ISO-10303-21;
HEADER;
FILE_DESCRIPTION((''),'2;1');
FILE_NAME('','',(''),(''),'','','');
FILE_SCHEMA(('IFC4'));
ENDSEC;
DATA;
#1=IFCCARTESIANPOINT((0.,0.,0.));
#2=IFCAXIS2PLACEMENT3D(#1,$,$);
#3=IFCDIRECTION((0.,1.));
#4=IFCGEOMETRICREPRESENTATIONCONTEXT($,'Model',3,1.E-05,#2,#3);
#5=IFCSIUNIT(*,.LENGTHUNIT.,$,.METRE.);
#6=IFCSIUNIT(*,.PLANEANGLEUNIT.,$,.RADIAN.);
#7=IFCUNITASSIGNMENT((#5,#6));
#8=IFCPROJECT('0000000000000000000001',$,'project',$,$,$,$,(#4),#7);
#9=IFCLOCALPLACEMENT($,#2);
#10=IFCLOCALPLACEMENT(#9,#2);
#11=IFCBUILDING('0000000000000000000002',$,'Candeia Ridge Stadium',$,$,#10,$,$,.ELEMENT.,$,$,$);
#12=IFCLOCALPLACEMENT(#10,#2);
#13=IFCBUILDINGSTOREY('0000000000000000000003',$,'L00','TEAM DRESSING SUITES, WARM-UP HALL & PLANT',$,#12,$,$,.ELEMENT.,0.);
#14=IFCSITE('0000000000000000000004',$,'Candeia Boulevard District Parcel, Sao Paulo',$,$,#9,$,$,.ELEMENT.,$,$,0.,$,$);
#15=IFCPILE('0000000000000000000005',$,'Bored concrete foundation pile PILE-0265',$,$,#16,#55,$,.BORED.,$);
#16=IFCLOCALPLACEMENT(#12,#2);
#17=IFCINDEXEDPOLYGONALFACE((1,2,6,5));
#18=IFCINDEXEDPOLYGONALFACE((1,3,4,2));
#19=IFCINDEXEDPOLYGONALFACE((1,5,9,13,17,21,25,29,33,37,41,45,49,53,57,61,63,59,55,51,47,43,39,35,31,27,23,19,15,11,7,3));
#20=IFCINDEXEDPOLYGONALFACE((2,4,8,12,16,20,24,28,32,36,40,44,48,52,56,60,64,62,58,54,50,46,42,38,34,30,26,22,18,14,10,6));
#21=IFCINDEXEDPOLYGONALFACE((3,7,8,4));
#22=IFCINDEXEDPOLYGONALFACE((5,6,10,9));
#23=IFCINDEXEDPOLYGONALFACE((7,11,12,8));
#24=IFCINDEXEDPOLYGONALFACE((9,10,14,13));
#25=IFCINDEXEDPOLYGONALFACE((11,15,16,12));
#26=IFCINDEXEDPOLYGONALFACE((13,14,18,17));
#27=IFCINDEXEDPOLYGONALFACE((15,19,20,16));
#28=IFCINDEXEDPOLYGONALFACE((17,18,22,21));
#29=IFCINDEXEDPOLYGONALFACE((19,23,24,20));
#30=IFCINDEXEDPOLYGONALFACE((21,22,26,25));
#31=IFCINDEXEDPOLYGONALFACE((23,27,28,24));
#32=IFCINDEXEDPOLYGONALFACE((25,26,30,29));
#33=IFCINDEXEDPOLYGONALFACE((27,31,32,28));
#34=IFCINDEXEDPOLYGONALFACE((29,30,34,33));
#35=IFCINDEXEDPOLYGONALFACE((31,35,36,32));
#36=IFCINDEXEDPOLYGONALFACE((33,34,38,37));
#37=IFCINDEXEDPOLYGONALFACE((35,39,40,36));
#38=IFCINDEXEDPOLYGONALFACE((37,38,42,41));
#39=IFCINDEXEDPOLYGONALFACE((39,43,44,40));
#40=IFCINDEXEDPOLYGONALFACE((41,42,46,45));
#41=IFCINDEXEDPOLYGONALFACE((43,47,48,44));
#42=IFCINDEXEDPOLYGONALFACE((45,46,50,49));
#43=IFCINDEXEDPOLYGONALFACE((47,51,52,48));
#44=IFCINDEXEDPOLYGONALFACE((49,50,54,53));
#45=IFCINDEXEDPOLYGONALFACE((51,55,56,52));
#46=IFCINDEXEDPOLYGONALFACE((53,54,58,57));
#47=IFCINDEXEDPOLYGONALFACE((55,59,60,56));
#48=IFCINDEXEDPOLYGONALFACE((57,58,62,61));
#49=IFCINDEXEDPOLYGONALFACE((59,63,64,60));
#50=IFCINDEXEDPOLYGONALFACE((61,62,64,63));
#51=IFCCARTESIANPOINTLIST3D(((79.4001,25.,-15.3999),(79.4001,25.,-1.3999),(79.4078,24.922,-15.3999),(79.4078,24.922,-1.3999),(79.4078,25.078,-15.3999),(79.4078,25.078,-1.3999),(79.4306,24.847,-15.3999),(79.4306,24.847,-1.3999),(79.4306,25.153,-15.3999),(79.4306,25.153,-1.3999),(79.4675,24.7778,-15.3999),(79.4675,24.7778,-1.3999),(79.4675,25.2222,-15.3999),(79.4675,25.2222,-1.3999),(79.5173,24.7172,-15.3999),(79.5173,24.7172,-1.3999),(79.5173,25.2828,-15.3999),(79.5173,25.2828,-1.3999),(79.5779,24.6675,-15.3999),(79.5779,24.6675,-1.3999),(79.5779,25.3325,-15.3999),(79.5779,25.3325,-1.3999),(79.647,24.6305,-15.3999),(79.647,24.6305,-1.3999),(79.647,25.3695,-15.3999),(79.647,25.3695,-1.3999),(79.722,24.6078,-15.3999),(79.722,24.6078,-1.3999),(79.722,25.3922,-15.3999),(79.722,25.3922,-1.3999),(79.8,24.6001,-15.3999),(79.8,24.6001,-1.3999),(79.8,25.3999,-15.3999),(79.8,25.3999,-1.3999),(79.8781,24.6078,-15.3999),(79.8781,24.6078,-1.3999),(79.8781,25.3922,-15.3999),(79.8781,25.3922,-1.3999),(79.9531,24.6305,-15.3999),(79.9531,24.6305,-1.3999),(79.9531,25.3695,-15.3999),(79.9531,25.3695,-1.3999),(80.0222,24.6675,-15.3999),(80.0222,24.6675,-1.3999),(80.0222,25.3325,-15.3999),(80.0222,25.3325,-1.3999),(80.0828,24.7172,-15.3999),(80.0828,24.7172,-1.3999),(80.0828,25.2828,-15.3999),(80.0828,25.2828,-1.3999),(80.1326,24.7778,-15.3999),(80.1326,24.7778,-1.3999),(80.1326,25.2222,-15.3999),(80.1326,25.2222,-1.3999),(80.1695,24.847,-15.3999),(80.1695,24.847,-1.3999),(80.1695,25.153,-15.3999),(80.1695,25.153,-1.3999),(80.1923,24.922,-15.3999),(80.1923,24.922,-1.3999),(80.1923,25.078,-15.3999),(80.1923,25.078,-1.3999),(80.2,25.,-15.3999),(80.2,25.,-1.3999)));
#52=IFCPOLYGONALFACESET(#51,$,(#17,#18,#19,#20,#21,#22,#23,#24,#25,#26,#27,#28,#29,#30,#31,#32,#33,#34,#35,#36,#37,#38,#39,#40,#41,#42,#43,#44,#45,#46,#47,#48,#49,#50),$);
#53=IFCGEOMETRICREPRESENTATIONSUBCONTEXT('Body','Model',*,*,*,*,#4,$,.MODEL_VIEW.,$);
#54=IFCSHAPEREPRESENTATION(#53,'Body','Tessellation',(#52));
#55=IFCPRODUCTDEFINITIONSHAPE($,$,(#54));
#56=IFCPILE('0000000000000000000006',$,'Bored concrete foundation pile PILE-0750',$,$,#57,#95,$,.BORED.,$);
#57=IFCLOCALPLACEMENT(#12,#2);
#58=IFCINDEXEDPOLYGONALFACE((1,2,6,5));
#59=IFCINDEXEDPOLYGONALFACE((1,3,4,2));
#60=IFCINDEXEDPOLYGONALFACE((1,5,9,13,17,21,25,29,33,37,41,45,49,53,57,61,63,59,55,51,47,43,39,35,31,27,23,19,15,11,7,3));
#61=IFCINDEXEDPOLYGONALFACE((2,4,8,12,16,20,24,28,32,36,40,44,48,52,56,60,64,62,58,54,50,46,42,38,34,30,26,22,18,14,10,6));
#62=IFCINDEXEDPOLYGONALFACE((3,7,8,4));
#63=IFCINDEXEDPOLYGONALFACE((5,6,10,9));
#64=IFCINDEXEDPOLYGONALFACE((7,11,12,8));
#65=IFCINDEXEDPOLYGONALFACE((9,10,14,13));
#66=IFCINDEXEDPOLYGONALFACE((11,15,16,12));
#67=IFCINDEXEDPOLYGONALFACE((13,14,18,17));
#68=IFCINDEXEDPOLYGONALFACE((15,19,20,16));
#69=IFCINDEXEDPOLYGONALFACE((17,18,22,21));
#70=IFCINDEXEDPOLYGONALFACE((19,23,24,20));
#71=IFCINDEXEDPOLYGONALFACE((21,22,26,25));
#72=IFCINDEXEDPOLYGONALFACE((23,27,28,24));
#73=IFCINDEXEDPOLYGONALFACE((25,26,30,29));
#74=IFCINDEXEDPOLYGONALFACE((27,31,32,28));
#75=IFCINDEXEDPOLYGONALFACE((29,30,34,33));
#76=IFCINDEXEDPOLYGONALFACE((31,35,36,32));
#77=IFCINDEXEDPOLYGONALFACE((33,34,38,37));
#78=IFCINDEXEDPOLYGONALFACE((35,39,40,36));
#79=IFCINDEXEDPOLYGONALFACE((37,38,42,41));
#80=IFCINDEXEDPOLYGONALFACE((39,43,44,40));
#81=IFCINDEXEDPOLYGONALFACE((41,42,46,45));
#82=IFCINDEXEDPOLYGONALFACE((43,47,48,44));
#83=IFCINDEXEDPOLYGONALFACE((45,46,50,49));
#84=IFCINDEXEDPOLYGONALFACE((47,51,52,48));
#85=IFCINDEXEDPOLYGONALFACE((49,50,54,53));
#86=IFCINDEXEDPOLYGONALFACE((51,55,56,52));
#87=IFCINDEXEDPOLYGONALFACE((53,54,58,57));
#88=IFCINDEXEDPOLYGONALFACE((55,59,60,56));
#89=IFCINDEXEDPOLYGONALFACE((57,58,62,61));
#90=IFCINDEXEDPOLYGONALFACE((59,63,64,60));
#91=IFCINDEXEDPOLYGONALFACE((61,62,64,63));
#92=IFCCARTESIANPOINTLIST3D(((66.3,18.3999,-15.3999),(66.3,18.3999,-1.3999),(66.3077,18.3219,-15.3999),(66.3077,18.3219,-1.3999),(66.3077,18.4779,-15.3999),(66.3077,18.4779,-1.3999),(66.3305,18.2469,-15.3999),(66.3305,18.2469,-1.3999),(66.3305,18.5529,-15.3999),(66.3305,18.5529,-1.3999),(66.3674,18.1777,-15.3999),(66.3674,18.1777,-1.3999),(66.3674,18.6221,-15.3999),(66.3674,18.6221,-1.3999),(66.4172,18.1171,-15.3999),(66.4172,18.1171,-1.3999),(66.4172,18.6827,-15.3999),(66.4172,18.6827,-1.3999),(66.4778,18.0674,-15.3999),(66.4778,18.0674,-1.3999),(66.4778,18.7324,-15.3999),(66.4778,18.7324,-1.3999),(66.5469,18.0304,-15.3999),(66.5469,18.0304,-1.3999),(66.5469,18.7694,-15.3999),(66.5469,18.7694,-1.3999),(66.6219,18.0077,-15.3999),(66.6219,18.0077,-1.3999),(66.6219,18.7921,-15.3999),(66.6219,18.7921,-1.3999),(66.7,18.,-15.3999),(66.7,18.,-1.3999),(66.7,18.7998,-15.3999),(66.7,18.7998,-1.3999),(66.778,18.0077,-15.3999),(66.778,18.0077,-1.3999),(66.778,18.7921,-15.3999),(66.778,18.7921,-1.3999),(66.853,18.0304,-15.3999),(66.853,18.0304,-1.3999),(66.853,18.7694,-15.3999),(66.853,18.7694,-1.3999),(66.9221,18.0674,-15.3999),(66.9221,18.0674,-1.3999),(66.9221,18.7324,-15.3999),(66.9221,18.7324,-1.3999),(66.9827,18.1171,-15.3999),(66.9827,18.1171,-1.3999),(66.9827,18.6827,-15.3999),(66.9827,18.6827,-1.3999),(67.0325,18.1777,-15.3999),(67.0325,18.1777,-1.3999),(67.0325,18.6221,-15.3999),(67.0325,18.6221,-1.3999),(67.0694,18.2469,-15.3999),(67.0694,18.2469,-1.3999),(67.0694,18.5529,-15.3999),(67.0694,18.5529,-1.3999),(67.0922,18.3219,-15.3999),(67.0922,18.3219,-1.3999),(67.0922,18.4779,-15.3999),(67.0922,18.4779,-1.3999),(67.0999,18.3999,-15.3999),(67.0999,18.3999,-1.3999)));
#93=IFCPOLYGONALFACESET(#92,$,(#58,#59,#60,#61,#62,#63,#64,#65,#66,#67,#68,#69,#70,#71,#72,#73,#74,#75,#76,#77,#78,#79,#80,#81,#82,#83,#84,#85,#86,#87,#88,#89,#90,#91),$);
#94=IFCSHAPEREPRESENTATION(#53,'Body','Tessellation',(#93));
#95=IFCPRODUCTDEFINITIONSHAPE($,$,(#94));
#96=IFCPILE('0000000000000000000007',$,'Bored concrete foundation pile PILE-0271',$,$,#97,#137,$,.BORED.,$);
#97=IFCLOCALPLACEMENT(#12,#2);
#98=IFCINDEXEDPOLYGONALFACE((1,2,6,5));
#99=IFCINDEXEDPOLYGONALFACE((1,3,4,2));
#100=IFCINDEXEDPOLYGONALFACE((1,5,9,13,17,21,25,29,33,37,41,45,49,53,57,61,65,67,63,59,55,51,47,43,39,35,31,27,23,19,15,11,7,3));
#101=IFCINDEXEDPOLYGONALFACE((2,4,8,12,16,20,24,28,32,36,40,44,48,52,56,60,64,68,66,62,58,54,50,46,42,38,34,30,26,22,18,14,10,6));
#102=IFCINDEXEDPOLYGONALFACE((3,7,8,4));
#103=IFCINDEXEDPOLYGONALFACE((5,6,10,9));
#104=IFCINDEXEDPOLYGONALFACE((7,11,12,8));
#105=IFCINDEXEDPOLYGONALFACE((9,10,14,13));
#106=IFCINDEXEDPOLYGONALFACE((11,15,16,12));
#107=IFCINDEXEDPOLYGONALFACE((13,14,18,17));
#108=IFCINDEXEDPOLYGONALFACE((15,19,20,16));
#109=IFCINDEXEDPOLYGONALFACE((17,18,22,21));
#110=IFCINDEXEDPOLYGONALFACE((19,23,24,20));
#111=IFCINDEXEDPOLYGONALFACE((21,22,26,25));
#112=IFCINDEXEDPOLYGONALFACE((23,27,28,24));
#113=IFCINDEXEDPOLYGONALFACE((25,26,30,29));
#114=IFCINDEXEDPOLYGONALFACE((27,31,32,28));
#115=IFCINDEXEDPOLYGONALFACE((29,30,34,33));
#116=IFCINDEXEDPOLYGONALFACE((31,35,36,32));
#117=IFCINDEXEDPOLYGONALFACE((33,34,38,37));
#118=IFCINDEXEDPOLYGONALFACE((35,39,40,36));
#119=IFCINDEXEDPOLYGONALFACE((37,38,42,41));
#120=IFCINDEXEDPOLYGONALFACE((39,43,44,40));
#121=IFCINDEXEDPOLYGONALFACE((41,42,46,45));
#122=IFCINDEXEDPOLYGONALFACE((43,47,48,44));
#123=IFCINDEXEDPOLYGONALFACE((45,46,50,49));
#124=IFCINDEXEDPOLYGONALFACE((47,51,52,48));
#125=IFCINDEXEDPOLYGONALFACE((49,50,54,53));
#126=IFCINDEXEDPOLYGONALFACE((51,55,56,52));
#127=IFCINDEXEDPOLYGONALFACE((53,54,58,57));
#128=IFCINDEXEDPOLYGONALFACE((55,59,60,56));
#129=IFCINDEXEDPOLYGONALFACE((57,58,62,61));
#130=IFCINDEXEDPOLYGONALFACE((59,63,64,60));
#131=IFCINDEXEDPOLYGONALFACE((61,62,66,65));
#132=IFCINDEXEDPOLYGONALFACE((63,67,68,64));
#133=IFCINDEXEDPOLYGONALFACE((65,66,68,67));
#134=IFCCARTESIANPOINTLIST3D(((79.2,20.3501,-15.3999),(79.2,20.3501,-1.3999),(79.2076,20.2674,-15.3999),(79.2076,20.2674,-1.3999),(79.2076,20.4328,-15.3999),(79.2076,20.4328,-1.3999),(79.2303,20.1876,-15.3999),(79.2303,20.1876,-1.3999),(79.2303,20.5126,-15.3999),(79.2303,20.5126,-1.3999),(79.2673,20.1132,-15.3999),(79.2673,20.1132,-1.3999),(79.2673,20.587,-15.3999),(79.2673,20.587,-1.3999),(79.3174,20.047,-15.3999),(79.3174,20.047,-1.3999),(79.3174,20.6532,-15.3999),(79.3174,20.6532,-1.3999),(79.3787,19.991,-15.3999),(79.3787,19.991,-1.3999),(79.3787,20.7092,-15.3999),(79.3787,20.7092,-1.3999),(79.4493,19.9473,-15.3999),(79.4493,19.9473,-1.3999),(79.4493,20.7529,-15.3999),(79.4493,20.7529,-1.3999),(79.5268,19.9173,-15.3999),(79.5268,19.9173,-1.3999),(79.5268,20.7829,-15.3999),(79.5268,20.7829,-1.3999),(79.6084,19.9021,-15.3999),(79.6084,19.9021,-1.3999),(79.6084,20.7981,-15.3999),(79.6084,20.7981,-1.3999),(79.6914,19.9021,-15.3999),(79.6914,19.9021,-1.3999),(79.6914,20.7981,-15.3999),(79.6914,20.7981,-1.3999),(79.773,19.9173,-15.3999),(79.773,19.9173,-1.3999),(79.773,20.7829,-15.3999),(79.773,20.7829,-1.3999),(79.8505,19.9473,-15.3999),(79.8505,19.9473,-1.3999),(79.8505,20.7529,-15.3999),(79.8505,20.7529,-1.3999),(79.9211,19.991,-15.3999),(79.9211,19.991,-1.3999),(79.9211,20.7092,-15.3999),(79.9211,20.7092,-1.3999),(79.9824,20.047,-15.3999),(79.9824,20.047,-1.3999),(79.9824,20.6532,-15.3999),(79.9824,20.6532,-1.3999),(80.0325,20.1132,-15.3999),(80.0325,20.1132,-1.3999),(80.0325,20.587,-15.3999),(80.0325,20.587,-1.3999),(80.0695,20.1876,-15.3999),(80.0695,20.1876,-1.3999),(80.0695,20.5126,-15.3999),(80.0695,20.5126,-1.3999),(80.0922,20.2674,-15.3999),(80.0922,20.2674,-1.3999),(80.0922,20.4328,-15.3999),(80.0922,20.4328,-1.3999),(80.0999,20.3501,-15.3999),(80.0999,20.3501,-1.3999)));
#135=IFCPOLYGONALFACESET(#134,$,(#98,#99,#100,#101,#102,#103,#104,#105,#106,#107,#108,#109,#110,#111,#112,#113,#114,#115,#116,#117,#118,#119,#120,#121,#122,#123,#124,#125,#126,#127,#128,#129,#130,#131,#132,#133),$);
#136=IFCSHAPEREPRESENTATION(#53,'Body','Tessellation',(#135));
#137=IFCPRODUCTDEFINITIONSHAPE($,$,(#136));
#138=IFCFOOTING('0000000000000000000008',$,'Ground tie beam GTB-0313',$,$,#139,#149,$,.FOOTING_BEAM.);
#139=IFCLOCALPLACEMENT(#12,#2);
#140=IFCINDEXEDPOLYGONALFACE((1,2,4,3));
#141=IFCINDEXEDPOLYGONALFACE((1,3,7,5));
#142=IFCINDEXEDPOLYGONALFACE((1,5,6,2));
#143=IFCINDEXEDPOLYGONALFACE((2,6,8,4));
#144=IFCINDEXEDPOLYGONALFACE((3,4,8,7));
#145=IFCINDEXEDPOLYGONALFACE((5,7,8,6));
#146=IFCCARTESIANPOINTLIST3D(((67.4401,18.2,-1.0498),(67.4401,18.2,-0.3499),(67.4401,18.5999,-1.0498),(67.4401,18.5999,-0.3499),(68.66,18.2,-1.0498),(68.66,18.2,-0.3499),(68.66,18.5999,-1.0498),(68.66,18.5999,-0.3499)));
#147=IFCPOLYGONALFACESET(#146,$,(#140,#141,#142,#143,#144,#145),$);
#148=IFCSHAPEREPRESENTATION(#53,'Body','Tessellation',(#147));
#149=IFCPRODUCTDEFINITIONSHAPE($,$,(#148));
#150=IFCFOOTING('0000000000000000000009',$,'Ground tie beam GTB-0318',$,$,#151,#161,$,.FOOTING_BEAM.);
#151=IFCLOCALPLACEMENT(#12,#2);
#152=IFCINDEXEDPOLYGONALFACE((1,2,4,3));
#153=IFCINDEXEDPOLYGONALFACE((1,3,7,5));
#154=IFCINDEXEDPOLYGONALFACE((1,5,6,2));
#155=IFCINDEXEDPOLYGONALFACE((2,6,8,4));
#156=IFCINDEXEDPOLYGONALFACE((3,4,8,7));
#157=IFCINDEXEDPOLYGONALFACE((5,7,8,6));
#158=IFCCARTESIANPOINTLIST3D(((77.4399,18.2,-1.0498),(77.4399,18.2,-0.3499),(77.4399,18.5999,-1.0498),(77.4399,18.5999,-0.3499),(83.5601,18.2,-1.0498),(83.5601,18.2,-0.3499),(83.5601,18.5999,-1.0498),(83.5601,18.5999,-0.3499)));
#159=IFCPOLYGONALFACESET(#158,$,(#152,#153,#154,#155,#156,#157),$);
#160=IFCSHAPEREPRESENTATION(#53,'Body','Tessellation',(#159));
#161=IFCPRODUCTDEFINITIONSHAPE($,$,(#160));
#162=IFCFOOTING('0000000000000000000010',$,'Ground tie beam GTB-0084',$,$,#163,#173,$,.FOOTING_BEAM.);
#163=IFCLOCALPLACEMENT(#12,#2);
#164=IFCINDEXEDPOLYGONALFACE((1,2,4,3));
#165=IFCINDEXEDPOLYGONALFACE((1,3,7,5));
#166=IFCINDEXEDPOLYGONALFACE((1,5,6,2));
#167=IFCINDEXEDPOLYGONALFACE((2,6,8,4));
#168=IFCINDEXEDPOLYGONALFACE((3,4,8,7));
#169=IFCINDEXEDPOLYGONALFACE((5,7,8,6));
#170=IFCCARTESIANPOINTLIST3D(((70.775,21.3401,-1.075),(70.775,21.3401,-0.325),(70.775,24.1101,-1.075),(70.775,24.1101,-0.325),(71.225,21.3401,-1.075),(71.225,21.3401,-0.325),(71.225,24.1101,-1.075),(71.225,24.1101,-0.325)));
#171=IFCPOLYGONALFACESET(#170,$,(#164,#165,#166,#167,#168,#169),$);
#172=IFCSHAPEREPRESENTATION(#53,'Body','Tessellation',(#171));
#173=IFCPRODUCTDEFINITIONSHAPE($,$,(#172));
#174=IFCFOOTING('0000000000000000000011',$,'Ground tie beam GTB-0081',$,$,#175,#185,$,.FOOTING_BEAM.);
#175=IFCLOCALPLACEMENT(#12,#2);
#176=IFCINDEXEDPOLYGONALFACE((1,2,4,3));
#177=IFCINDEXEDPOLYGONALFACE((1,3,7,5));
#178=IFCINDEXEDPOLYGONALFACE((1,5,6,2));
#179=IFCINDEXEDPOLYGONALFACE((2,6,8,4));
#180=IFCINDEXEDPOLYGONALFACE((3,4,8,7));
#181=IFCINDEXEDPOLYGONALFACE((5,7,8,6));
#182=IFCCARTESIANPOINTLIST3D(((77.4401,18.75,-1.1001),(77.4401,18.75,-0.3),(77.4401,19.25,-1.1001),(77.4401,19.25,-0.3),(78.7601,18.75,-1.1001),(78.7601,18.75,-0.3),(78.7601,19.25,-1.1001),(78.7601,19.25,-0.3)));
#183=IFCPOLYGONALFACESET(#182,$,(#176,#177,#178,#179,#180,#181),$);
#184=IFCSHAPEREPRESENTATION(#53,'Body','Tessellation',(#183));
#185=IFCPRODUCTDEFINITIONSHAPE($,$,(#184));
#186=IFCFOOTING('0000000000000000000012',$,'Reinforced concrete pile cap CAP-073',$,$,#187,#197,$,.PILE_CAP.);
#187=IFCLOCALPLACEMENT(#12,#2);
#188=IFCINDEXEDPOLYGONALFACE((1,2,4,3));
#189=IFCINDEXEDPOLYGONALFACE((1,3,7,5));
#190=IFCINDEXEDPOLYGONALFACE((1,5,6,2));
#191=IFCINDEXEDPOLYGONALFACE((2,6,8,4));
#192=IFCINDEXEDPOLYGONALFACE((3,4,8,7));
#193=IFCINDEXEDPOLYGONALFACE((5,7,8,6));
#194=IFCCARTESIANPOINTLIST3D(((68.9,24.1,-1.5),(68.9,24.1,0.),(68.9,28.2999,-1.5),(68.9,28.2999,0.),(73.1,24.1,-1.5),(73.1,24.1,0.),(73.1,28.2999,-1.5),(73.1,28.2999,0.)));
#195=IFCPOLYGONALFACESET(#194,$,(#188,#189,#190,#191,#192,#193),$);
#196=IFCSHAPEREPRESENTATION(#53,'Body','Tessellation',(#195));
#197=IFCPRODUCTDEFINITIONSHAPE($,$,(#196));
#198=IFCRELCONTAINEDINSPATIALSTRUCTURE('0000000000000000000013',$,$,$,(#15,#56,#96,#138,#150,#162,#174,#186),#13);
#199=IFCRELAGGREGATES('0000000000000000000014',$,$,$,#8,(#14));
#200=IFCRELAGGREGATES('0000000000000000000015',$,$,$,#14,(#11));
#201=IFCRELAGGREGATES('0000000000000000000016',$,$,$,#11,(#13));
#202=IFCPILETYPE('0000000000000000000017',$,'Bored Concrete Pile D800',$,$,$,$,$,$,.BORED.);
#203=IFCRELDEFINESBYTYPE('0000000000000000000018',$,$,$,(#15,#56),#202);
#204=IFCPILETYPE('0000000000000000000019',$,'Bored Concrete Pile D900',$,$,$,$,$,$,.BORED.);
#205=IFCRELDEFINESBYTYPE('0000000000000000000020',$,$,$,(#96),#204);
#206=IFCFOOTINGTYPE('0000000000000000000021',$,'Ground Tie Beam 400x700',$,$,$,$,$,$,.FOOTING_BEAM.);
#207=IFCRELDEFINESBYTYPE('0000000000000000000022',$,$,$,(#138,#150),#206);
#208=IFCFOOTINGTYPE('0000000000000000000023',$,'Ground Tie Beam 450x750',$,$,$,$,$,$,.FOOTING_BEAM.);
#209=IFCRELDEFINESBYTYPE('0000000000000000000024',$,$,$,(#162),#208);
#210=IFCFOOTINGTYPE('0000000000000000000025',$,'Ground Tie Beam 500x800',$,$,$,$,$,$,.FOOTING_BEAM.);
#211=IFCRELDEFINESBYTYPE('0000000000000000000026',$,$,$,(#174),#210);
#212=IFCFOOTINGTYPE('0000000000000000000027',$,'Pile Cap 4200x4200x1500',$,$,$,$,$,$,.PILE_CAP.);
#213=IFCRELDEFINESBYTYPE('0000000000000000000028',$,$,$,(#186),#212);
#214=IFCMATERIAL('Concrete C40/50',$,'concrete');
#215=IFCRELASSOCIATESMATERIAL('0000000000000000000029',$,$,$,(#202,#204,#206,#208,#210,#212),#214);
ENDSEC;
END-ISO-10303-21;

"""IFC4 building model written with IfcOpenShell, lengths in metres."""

from ifc_helpers import new_model, si_unit, direction, frame, origin, origin_2d, place, context, subcontext, project, spatial, rectangle, circle, extrude, material, material_profile, profile_set, type_object, element, save


model = new_model("IFC4")

# Units and contexts
model_context = context("Model", 3, precision=1e-05, world=origin(), true_north=direction((0.0, 1.0)))
body_context = subcontext(model_context, "Body", "Model", "MODEL_VIEW")
ifc_project = project(units=[si_unit("LENGTHUNIT", "METRE"), si_unit("PLANEANGLEUNIT", "RADIAN")], contexts=[model_context])

# Site, building, storey
site_placement = place(None, origin())
site = spatial("IfcSite", under=ifc_project, at=site_placement, Name="Candeia Boulevard District Parcel, Sao Paulo", CompositionType="ELEMENT", RefElevation=0.0)
building_placement = place(site_placement, origin())
building = spatial("IfcBuilding", under=site, at=building_placement, Name="Candeia Ridge Stadium", CompositionType="ELEMENT")
storey_placement = place(building_placement, origin())
storey = spatial("IfcBuildingStorey", under=building, at=storey_placement, Name="L00", Description="TEAM DRESSING SUITES, WARM-UP HALL & PLANT", CompositionType="ELEMENT", Elevation=0.0)

# Piles
ifc_material_1 = material(Name="Concrete C40/50", Category="concrete")
ifc_material_profile_1 = material_profile(ifc_material_1, circle(Radius=0.3999, at=origin_2d()), Name="PILE-D800", Category="concrete")
ifc_profile_set_1 = profile_set([ifc_material_profile_1], Name="Concrete C40/50")
pile_type_1 = type_object("IfcPileType", Name="Bored Concrete Pile D800", PredefinedType="BORED", material=ifc_profile_set_1)
for number, where, z_axis, x_axis, name in (
    (1, (79.8, 25.0, -1.3999), (0.0, 0.0, -1.0), (1.0, 0.0, 0.0), "Bored concrete foundation pile PILE-0265"),
    (2, (66.7, 18.3999, -1.3999), (0.0, 0.0, -1.0), (1.0, 0.0, 0.0), "Bored concrete foundation pile PILE-0750"),
):
    element("IfcPile", number, at=place(storey_placement, frame(where, z_axis=z_axis, x_axis=x_axis)), inside=storey, type_object=pile_type_1, Name=name, PredefinedType="BORED", context=body_context, shape_type="SweptSolid", body=[
        extrude(circle(Radius=0.3999, at=origin_2d()), origin(), (0.0, 0.0, 1.0), 14.0),
    ])
ifc_material_profile_2 = material_profile(ifc_material_1, circle(Radius=0.45, at=origin_2d()), Name="PILE-D900", Category="concrete")
ifc_profile_set_2 = profile_set([ifc_material_profile_2], Name="Concrete C40/50")
pile_type_2 = type_object("IfcPileType", Name="Bored Concrete Pile D900", PredefinedType="BORED", material=ifc_profile_set_2)
pile_placement = place(storey_placement, frame((79.6499, 20.3501, -1.3999), z_axis=(0.0, 0.0, -1.0), x_axis=(1.0, 0.0, 0.0)))
element("IfcPile", 3, at=pile_placement, inside=storey, type_object=pile_type_2, Name="Bored concrete foundation pile PILE-0271", PredefinedType="BORED", context=body_context, shape_type="SweptSolid", body=[
    extrude(circle(Radius=0.45, at=origin_2d()), origin(), (0.0, 0.0, 1.0), 14.0),
])

# Footings
footing_type_1 = type_object("IfcFootingType", Name="Ground Tie Beam 400x700", PredefinedType="FOOTING_BEAM", material=ifc_material_1)
footing_1_placement = place(storey_placement, frame((68.05, 18.3999, -1.0498), z_axis=(0.0, 0.0, 1.0), x_axis=(1.0, 0.0, 0.0)))
element("IfcFooting", 4, at=footing_1_placement, inside=storey, type_object=footing_type_1, Name="Ground tie beam GTB-0313", PredefinedType="FOOTING_BEAM", context=body_context, shape_type="SweptSolid", body=[
    extrude(rectangle(XDim=1.22, YDim=0.3999, at=origin_2d()), origin(), (0.0, 0.0, 1.0), 0.7),
])
footing_2_placement = place(storey_placement, frame((80.5, 18.3999, -1.0498), z_axis=(0.0, 0.0, 1.0), x_axis=(1.0, 0.0, 0.0)))
element("IfcFooting", 5, at=footing_2_placement, inside=storey, type_object=footing_type_1, Name="Ground tie beam GTB-0318", PredefinedType="FOOTING_BEAM", context=body_context, shape_type="SweptSolid", body=[
    extrude(rectangle(XDim=6.1201, YDim=0.3999, at=origin_2d()), origin(), (0.0, 0.0, 1.0), 0.7),
])
footing_type_2 = type_object("IfcFootingType", Name="Ground Tie Beam 450x750", PredefinedType="FOOTING_BEAM", material=ifc_material_1)
footing_3_placement = place(storey_placement, frame((71.0, 22.7251, -1.075), z_axis=(0.0, 0.0, 1.0), x_axis=(0.0, -1.0, 0.0)))
element("IfcFooting", 6, at=footing_3_placement, inside=storey, type_object=footing_type_2, Name="Ground tie beam GTB-0084", PredefinedType="FOOTING_BEAM", context=body_context, shape_type="SweptSolid", body=[
    extrude(rectangle(XDim=2.77, YDim=0.45, at=origin_2d()), origin(), (0.0, 0.0, 1.0), 0.75),
])
footing_type_3 = type_object("IfcFootingType", Name="Ground Tie Beam 500x800", PredefinedType="FOOTING_BEAM", material=ifc_material_1)
footing_4_placement = place(storey_placement, frame((78.1001, 19.0, -1.1001), z_axis=(0.0, 0.0, 1.0), x_axis=(1.0, 0.0, 0.0)))
element("IfcFooting", 7, at=footing_4_placement, inside=storey, type_object=footing_type_3, Name="Ground tie beam GTB-0081", PredefinedType="FOOTING_BEAM", context=body_context, shape_type="SweptSolid", body=[
    extrude(rectangle(XDim=1.3201, YDim=0.5, at=origin_2d()), origin(), (0.0, 0.0, 1.0), 0.8),
])
footing_type_4 = type_object("IfcFootingType", Name="Pile Cap 4200x4200x1500", PredefinedType="PILE_CAP", material=ifc_material_1)
footing_5_placement = place(storey_placement, frame((71.0, 26.2, -1.5), z_axis=(0.0, 0.0, 1.0), x_axis=(1.0, 0.0, 0.0)))
element("IfcFooting", 8, at=footing_5_placement, inside=storey, type_object=footing_type_4, Name="Reinforced concrete pile cap CAP-073", PredefinedType="PILE_CAP", context=body_context, shape_type="SweptSolid", body=[
    extrude(rectangle(XDim=4.2, YDim=4.2, at=origin_2d()), origin(), (0.0, 0.0, 1.0), 1.5),
])

save(model, "model.ifc")
